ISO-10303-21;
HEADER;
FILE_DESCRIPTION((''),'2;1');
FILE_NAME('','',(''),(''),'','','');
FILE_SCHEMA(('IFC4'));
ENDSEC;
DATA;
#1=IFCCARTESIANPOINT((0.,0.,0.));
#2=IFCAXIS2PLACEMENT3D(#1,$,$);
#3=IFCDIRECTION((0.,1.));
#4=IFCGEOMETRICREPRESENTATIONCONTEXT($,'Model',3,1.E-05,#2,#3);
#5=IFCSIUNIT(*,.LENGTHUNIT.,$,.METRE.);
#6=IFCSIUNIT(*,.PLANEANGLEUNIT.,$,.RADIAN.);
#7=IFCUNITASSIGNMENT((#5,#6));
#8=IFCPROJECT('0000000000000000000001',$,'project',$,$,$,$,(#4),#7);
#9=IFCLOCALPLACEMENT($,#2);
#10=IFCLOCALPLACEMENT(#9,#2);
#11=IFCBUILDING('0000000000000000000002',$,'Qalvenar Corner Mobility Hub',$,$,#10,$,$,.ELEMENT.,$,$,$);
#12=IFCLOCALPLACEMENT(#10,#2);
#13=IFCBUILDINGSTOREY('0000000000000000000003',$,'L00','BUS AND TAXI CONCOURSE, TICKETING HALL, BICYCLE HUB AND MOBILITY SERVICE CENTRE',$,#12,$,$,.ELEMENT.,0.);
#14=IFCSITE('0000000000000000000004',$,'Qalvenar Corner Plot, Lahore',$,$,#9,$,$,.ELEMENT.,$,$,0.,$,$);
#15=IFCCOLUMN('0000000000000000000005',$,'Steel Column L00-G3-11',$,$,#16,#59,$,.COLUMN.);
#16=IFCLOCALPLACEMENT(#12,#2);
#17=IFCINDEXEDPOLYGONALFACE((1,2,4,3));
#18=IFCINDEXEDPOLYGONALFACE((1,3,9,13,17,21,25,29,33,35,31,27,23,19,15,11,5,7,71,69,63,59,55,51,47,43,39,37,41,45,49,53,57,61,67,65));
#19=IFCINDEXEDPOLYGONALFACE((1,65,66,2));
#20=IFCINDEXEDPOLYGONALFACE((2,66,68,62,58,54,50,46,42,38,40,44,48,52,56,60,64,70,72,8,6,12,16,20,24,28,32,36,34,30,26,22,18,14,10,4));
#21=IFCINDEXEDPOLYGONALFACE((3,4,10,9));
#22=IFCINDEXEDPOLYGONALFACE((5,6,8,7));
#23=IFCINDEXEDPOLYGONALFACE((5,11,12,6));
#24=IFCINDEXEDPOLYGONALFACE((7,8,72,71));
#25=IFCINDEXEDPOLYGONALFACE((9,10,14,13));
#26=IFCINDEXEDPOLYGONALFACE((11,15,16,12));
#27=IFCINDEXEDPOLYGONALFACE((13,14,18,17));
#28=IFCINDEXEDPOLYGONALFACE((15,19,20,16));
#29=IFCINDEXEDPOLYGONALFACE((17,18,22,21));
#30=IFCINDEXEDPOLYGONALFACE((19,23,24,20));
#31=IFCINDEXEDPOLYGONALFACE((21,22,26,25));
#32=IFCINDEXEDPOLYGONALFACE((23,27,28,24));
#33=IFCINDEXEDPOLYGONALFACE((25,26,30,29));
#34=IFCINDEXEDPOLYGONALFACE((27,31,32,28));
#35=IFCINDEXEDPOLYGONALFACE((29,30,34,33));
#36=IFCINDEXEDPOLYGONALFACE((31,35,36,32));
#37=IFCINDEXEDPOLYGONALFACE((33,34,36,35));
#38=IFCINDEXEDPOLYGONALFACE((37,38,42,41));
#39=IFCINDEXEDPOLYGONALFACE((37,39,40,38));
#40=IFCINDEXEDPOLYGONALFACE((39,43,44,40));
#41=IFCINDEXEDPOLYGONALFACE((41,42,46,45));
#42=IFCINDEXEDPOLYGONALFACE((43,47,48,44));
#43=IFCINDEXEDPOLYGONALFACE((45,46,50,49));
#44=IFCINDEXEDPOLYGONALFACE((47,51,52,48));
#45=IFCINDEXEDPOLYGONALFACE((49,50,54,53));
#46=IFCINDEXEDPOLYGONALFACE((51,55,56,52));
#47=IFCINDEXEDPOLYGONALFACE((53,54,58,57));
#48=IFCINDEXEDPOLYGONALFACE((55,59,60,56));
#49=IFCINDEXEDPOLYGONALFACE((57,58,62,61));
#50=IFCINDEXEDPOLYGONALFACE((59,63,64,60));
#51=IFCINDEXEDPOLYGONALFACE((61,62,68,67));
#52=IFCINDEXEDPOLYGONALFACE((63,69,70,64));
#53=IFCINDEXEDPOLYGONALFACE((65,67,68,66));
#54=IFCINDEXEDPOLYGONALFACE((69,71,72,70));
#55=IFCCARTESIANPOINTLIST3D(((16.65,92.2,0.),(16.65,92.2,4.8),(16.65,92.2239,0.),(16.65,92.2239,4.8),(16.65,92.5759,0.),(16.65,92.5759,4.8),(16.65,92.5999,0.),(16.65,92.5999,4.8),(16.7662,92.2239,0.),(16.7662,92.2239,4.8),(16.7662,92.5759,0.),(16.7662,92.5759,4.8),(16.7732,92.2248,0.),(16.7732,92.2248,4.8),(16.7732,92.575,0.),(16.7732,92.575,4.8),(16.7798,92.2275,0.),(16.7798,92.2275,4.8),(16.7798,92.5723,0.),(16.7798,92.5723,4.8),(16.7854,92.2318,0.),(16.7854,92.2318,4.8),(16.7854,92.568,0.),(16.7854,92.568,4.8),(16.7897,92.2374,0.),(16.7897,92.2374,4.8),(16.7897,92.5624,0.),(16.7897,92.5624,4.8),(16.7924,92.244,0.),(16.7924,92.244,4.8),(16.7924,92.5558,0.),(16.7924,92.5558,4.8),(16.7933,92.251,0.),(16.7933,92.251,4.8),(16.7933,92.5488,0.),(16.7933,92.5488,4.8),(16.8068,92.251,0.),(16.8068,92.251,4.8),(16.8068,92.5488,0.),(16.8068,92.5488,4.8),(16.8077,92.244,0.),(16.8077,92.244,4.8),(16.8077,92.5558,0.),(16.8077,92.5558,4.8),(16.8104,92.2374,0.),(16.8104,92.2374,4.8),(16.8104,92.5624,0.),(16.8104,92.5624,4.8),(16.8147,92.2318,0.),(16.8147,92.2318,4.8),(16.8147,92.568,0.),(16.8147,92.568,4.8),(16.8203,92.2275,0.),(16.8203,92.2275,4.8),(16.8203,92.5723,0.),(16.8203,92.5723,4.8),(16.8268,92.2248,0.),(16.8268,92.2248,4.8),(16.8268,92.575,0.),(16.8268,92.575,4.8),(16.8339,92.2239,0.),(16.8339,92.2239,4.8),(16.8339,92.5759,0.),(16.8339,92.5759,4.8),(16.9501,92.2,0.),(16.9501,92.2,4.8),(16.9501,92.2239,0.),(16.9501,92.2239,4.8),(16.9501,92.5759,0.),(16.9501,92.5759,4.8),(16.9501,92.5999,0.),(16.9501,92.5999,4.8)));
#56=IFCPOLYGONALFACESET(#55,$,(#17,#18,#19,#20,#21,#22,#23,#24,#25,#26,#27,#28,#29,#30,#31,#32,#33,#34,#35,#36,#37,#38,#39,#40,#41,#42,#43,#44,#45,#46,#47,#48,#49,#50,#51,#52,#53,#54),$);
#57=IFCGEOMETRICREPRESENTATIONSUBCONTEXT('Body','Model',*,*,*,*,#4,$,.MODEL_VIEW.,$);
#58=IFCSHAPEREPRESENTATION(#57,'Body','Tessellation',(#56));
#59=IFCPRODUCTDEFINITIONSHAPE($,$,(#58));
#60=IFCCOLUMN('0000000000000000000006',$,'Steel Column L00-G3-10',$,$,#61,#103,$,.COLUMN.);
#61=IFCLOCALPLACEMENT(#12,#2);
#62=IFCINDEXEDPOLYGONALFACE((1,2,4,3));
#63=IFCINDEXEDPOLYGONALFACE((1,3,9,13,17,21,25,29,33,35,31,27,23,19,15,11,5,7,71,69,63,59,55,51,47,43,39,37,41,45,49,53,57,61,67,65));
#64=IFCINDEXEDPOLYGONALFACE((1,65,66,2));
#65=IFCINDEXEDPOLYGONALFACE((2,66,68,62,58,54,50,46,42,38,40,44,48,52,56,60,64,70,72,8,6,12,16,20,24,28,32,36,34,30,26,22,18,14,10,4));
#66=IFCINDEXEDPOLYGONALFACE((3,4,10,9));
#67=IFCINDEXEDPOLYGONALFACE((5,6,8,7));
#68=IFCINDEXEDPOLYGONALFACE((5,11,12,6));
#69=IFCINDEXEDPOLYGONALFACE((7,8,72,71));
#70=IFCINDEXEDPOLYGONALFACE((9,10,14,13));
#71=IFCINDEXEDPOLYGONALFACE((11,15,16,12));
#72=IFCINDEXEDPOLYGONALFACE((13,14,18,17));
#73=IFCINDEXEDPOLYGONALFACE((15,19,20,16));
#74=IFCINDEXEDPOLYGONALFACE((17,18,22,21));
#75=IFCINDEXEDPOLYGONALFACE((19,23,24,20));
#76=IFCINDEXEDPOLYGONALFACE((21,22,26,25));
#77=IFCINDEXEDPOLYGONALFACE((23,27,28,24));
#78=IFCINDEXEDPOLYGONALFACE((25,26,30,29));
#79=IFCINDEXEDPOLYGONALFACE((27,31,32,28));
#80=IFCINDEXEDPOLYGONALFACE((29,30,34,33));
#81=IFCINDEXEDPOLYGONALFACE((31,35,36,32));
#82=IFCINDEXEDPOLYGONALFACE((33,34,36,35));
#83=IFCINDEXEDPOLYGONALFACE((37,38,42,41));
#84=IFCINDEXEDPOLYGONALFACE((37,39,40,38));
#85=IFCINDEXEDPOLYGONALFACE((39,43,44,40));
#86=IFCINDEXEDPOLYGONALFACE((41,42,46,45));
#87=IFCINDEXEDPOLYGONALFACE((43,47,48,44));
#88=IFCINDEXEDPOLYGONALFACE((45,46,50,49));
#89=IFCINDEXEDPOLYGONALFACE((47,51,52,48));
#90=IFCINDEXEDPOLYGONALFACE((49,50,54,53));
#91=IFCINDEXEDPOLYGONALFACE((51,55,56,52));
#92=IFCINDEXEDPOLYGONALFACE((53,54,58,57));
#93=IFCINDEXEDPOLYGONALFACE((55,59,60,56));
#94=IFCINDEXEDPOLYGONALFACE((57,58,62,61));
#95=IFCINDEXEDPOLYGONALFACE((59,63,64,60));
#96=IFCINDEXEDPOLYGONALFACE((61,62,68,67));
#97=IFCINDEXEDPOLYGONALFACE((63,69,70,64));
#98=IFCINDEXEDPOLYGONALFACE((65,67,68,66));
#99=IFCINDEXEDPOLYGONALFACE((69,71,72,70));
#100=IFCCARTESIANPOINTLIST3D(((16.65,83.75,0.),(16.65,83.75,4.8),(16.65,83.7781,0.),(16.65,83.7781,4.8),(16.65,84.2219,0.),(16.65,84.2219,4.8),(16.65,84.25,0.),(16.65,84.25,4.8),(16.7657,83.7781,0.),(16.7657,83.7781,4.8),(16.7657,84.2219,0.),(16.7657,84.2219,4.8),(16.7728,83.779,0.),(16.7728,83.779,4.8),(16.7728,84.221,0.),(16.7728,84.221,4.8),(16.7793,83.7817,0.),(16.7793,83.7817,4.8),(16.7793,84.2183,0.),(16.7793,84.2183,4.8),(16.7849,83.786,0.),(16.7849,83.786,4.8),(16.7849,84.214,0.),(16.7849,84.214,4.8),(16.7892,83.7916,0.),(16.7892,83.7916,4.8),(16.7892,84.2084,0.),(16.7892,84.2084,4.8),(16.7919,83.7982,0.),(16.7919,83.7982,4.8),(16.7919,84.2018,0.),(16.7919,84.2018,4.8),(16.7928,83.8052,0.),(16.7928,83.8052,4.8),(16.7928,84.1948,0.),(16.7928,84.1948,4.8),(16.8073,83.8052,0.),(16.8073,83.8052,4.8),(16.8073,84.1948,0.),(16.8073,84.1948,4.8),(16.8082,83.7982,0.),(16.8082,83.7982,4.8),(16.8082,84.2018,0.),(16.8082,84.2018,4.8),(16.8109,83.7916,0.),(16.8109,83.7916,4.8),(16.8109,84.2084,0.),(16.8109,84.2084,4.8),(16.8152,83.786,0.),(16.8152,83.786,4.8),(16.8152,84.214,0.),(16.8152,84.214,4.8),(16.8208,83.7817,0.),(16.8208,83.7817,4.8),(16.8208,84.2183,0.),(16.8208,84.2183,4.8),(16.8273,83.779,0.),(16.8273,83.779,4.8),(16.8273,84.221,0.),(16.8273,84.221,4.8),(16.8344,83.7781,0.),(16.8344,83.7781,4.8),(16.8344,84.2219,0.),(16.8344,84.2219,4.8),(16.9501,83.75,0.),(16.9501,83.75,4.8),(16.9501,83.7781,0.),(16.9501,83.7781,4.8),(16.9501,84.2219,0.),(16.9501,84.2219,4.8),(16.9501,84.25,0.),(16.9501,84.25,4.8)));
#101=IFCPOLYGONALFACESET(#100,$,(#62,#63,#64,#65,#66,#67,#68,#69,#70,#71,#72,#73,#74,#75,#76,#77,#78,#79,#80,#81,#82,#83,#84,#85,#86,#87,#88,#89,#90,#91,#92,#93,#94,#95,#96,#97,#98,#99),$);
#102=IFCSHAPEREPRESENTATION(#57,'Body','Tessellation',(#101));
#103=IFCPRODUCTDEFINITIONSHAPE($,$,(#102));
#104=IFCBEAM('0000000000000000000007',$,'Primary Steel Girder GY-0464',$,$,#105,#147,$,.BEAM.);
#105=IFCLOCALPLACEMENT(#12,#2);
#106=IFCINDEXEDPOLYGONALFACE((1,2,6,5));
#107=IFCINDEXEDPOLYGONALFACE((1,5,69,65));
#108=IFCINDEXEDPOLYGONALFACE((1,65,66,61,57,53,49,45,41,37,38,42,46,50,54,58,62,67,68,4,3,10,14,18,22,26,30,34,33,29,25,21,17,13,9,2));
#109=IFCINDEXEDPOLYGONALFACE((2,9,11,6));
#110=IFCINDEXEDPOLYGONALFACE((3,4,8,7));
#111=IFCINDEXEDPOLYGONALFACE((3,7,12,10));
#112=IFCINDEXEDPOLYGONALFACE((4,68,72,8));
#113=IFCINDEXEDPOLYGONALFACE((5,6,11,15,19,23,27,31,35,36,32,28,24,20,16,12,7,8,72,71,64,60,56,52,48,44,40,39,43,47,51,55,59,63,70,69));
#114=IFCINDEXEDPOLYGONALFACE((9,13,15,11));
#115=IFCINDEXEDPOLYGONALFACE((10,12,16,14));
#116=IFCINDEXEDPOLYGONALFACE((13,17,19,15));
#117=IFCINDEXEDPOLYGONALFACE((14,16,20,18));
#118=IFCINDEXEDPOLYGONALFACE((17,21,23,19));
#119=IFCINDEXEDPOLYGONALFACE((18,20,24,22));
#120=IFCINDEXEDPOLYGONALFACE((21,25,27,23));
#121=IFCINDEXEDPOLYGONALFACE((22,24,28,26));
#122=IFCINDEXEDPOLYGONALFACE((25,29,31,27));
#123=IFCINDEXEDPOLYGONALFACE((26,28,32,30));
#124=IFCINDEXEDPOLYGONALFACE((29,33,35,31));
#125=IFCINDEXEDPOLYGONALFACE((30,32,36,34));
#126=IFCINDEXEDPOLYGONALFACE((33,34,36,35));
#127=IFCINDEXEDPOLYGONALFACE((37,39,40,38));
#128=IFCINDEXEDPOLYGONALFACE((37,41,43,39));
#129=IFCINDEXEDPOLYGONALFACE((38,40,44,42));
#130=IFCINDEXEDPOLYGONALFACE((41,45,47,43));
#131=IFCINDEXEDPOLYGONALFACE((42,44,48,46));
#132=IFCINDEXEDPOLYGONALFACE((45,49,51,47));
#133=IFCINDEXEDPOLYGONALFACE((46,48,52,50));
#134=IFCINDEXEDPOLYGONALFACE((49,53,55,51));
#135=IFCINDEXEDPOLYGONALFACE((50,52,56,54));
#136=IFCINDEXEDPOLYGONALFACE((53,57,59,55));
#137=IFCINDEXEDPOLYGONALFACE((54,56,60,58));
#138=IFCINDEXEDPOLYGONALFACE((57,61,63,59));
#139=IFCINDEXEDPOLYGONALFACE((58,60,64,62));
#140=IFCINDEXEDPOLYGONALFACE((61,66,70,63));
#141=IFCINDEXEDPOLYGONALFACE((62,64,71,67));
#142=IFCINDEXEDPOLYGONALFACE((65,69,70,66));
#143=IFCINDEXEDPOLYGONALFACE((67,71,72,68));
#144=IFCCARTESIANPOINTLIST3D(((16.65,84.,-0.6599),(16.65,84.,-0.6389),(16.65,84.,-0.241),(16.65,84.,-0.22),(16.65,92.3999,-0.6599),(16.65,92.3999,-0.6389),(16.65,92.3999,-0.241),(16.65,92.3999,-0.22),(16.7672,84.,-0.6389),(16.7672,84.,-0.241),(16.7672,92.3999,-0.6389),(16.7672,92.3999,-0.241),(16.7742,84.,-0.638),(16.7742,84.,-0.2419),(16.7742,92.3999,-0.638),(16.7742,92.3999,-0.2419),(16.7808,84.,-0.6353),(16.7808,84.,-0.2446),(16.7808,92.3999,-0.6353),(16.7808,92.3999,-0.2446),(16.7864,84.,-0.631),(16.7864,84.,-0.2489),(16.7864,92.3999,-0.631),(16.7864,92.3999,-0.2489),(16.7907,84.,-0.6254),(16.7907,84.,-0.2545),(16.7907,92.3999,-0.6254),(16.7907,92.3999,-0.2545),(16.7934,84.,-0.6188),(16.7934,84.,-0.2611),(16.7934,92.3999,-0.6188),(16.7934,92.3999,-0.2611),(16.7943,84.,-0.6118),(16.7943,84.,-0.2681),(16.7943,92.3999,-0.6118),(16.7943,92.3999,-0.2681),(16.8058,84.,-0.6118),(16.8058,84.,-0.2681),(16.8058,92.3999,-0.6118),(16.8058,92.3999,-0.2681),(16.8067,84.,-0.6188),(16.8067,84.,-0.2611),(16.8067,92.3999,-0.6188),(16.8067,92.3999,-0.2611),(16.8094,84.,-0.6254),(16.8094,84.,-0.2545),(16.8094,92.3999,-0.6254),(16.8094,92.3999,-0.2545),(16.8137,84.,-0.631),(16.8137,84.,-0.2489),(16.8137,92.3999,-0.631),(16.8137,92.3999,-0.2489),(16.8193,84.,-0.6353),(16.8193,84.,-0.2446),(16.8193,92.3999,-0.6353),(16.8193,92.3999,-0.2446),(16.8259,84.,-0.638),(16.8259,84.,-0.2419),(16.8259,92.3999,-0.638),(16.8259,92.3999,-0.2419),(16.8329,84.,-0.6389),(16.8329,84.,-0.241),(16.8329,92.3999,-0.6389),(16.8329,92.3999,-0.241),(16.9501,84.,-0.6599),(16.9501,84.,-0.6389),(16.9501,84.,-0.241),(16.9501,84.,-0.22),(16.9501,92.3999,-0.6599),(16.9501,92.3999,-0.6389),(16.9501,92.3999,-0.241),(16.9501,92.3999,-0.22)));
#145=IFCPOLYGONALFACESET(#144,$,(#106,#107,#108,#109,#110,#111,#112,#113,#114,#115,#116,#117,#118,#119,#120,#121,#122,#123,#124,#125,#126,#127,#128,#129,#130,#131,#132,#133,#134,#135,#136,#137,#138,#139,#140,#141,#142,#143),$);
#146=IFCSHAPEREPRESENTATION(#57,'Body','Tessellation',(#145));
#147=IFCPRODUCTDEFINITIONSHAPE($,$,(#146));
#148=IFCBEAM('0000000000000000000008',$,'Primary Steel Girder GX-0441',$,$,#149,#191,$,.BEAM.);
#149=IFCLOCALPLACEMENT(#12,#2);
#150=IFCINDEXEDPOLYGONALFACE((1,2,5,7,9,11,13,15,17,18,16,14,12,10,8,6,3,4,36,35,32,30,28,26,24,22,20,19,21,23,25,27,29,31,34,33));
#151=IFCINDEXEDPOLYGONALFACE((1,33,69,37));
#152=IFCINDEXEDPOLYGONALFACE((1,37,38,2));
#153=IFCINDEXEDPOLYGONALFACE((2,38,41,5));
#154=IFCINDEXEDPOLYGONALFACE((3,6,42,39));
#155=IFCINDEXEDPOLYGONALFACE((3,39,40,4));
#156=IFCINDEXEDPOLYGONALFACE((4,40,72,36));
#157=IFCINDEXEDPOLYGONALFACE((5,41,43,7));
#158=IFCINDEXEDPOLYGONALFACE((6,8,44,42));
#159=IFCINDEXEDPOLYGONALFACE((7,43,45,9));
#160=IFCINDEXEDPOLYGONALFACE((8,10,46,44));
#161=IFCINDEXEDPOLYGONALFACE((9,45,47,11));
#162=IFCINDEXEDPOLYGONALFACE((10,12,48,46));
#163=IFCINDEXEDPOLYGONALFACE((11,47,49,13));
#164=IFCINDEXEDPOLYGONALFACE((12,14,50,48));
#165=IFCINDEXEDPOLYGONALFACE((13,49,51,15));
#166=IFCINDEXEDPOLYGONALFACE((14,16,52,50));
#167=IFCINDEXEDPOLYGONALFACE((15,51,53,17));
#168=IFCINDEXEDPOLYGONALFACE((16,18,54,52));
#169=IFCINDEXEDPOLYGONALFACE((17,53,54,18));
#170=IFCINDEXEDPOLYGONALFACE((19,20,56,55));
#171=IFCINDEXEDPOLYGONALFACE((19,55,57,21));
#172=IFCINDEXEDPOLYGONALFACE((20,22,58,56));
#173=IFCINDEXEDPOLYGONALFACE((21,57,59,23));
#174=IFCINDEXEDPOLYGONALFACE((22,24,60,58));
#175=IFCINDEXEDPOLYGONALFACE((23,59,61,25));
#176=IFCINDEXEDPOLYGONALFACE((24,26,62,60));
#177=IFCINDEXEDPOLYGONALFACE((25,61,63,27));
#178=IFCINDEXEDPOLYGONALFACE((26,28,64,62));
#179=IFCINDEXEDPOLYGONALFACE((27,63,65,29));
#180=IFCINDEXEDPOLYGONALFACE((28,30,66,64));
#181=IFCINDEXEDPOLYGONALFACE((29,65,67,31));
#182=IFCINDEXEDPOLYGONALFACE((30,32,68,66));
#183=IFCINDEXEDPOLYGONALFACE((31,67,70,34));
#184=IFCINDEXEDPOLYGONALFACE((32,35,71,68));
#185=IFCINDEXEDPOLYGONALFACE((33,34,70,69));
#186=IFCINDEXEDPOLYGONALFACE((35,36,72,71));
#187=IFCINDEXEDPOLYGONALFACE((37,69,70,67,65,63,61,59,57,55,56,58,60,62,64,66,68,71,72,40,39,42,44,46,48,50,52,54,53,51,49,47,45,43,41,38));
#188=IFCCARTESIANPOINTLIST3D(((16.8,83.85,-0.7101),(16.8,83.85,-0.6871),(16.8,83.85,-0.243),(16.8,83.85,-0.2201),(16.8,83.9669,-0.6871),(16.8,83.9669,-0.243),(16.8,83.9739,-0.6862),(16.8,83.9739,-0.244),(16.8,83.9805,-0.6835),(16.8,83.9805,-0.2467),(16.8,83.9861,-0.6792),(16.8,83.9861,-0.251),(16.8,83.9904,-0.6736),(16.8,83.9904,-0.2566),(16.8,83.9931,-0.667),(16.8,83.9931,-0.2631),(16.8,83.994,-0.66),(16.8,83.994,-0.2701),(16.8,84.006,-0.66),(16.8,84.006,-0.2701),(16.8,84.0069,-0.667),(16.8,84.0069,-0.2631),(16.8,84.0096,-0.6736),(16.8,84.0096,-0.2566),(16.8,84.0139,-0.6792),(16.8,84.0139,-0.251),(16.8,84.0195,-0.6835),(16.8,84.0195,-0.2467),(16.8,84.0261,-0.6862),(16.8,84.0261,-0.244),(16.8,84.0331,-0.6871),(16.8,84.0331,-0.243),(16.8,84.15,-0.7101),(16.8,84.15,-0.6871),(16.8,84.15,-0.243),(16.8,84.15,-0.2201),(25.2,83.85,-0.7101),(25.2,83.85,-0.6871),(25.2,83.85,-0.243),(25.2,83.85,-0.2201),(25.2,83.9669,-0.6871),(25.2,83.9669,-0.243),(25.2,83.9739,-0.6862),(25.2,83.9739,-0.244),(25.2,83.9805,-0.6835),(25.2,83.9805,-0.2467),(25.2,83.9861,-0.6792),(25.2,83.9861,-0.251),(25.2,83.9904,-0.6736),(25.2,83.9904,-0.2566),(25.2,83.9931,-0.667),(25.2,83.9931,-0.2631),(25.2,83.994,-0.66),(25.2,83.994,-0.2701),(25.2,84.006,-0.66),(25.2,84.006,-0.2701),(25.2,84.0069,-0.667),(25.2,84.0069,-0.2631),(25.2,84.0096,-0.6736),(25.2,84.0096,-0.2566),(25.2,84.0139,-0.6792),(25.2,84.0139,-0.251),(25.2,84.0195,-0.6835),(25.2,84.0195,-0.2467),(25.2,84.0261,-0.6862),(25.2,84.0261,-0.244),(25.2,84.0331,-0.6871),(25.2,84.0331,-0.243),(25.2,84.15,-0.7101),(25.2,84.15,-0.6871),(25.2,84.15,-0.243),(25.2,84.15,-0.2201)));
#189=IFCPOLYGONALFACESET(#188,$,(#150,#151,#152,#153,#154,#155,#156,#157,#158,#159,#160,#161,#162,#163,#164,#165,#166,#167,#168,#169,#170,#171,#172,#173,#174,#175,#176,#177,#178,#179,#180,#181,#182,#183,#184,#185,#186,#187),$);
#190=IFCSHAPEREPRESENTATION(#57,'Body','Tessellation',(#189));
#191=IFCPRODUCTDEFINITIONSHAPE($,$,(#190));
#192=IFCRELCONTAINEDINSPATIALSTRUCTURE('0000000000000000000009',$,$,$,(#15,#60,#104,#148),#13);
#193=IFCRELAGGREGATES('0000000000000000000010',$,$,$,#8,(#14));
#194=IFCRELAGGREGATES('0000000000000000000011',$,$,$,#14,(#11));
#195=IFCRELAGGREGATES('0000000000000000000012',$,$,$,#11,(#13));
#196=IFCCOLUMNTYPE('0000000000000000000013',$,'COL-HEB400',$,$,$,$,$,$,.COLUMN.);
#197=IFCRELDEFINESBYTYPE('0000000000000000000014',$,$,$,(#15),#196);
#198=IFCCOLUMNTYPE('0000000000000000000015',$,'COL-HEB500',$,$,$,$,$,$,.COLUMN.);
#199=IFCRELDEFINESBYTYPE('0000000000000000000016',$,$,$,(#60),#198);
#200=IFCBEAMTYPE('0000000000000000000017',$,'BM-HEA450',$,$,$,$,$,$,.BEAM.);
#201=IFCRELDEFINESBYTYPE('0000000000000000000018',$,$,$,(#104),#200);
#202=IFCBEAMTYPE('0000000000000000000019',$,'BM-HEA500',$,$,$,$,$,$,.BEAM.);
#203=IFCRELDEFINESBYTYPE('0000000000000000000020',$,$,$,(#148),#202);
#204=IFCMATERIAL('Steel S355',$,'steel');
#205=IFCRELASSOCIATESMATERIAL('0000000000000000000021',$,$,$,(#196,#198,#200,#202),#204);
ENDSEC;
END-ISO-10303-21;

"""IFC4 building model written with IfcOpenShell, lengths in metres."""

from ifc_helpers import new_model, si_unit, direction, frame, origin, origin_2d, place, context, subcontext, project, spatial, i_section, extrude, material, material_profile, profile_set, type_object, element, save


model = new_model("IFC4")

# Units and contexts
model_context = context("Model", 3, precision=1e-05, world=origin(), true_north=direction((0.0, 1.0)))
body_context = subcontext(model_context, "Body", "Model", "MODEL_VIEW")
ifc_project = project(units=[si_unit("LENGTHUNIT", "METRE"), si_unit("PLANEANGLEUNIT", "RADIAN")], contexts=[model_context])

# Site, building, storey
site_placement = place(None, origin())
site = spatial("IfcSite", under=ifc_project, at=site_placement, Name="Qalvenar Corner Plot, Lahore", CompositionType="ELEMENT", RefElevation=0.0)
building_placement = place(site_placement, origin())
building = spatial("IfcBuilding", under=site, at=building_placement, Name="Qalvenar Corner Mobility Hub", CompositionType="ELEMENT")
storey_placement = place(building_placement, origin())
storey = spatial("IfcBuildingStorey", under=building, at=storey_placement, Name="L00", Description="BUS AND TAXI CONCOURSE, TICKETING HALL, BICYCLE HUB AND MOBILITY SERVICE CENTRE", CompositionType="ELEMENT", Elevation=0.0)

# Columns
ifc_material_1 = material(Name="Steel S355", Category="steel")
ifc_material_profile_1 = material_profile(ifc_material_1, i_section(OverallWidth=0.3, OverallDepth=0.3999, WebThickness=0.0134, FlangeThickness=0.0239, FilletRadius=0.0271, at=origin_2d()), Name="HEB400")
ifc_profile_set_1 = profile_set([ifc_material_profile_1], Name="Steel S355")
column_type_1 = type_object("IfcColumnType", Name="COL-HEB400", PredefinedType="COLUMN", material=ifc_profile_set_1)
column_1_placement = place(storey_placement, frame((16.8, 92.3999, 0.0), z_axis=(0.0, 0.0, 1.0), x_axis=(1.0, 0.0, 0.0)))
element("IfcColumn", 1, at=column_1_placement, inside=storey, type_object=column_type_1, Name="Steel Column L00-G3-11", PredefinedType="COLUMN", context=body_context, shape_type="SweptSolid", body=[
    extrude(i_section(OverallWidth=0.3, OverallDepth=0.3999, WebThickness=0.0134, FlangeThickness=0.0239, FilletRadius=0.0271, at=origin_2d()), origin(), (0.0, 0.0, 1.0), 4.8),
])
ifc_material_profile_2 = material_profile(ifc_material_1, i_section(OverallWidth=0.3, OverallDepth=0.5, WebThickness=0.0144, FlangeThickness=0.0281, FilletRadius=0.0271, at=origin_2d()), Name="HEB500")
ifc_profile_set_2 = profile_set([ifc_material_profile_2], Name="Steel S355")
column_type_2 = type_object("IfcColumnType", Name="COL-HEB500", PredefinedType="COLUMN", material=ifc_profile_set_2)
column_2_placement = place(storey_placement, frame((16.8, 84.0, 0.0), z_axis=(0.0, 0.0, 1.0), x_axis=(1.0, 0.0, 0.0)))
element("IfcColumn", 2, at=column_2_placement, inside=storey, type_object=column_type_2, Name="Steel Column L00-G3-10", PredefinedType="COLUMN", context=body_context, shape_type="SweptSolid", body=[
    extrude(i_section(OverallWidth=0.3, OverallDepth=0.5, WebThickness=0.0144, FlangeThickness=0.0281, FilletRadius=0.0271, at=origin_2d()), origin(), (0.0, 0.0, 1.0), 4.8),
])

# Beams
ifc_material_profile_3 = material_profile(ifc_material_1, i_section(OverallWidth=0.3, OverallDepth=0.4399, WebThickness=0.0115, FlangeThickness=0.021, FilletRadius=0.0271, at=origin_2d()), Name="HEA450")
ifc_profile_set_3 = profile_set([ifc_material_profile_3], Name="Steel S355")
beam_type_1 = type_object("IfcBeamType", Name="BM-HEA450", PredefinedType="BEAM", material=ifc_profile_set_3)
beam_1_placement = place(storey_placement, frame((16.8, 84.0, -0.4399), z_axis=(0.0, 1.0, 0.0), x_axis=(-1.0, 0.0, 0.0)))
element("IfcBeam", 3, at=beam_1_placement, inside=storey, type_object=beam_type_1, Name="Primary Steel Girder GY-0464", PredefinedType="BEAM", context=body_context, shape_type="SweptSolid", body=[
    extrude(i_section(OverallWidth=0.3, OverallDepth=0.4399, WebThickness=0.0115, FlangeThickness=0.021, FilletRadius=0.0271, at=origin_2d()), origin(), (0.0, 0.0, 1.0), 8.3999),
])
ifc_material_profile_4 = material_profile(ifc_material_1, i_section(OverallWidth=0.3, OverallDepth=0.49, WebThickness=0.012, FlangeThickness=0.0229, FilletRadius=0.0271, at=origin_2d()), Name="HEA500")
ifc_profile_set_4 = profile_set([ifc_material_profile_4], Name="Steel S355")
beam_type_2 = type_object("IfcBeamType", Name="BM-HEA500", PredefinedType="BEAM", material=ifc_profile_set_4)
beam_2_placement = place(storey_placement, frame((16.8, 84.0, -0.4651), z_axis=(1.0, 0.0, 0.0), x_axis=(0.0, 1.0, 0.0)))
element("IfcBeam", 4, at=beam_2_placement, inside=storey, type_object=beam_type_2, Name="Primary Steel Girder GX-0441", PredefinedType="BEAM", context=body_context, shape_type="SweptSolid", body=[
    extrude(i_section(OverallWidth=0.3, OverallDepth=0.49, WebThickness=0.012, FlangeThickness=0.0229, FilletRadius=0.0271, at=origin_2d()), origin(), (0.0, 0.0, 1.0), 8.3999),
])

save(model, "model.ifc")
